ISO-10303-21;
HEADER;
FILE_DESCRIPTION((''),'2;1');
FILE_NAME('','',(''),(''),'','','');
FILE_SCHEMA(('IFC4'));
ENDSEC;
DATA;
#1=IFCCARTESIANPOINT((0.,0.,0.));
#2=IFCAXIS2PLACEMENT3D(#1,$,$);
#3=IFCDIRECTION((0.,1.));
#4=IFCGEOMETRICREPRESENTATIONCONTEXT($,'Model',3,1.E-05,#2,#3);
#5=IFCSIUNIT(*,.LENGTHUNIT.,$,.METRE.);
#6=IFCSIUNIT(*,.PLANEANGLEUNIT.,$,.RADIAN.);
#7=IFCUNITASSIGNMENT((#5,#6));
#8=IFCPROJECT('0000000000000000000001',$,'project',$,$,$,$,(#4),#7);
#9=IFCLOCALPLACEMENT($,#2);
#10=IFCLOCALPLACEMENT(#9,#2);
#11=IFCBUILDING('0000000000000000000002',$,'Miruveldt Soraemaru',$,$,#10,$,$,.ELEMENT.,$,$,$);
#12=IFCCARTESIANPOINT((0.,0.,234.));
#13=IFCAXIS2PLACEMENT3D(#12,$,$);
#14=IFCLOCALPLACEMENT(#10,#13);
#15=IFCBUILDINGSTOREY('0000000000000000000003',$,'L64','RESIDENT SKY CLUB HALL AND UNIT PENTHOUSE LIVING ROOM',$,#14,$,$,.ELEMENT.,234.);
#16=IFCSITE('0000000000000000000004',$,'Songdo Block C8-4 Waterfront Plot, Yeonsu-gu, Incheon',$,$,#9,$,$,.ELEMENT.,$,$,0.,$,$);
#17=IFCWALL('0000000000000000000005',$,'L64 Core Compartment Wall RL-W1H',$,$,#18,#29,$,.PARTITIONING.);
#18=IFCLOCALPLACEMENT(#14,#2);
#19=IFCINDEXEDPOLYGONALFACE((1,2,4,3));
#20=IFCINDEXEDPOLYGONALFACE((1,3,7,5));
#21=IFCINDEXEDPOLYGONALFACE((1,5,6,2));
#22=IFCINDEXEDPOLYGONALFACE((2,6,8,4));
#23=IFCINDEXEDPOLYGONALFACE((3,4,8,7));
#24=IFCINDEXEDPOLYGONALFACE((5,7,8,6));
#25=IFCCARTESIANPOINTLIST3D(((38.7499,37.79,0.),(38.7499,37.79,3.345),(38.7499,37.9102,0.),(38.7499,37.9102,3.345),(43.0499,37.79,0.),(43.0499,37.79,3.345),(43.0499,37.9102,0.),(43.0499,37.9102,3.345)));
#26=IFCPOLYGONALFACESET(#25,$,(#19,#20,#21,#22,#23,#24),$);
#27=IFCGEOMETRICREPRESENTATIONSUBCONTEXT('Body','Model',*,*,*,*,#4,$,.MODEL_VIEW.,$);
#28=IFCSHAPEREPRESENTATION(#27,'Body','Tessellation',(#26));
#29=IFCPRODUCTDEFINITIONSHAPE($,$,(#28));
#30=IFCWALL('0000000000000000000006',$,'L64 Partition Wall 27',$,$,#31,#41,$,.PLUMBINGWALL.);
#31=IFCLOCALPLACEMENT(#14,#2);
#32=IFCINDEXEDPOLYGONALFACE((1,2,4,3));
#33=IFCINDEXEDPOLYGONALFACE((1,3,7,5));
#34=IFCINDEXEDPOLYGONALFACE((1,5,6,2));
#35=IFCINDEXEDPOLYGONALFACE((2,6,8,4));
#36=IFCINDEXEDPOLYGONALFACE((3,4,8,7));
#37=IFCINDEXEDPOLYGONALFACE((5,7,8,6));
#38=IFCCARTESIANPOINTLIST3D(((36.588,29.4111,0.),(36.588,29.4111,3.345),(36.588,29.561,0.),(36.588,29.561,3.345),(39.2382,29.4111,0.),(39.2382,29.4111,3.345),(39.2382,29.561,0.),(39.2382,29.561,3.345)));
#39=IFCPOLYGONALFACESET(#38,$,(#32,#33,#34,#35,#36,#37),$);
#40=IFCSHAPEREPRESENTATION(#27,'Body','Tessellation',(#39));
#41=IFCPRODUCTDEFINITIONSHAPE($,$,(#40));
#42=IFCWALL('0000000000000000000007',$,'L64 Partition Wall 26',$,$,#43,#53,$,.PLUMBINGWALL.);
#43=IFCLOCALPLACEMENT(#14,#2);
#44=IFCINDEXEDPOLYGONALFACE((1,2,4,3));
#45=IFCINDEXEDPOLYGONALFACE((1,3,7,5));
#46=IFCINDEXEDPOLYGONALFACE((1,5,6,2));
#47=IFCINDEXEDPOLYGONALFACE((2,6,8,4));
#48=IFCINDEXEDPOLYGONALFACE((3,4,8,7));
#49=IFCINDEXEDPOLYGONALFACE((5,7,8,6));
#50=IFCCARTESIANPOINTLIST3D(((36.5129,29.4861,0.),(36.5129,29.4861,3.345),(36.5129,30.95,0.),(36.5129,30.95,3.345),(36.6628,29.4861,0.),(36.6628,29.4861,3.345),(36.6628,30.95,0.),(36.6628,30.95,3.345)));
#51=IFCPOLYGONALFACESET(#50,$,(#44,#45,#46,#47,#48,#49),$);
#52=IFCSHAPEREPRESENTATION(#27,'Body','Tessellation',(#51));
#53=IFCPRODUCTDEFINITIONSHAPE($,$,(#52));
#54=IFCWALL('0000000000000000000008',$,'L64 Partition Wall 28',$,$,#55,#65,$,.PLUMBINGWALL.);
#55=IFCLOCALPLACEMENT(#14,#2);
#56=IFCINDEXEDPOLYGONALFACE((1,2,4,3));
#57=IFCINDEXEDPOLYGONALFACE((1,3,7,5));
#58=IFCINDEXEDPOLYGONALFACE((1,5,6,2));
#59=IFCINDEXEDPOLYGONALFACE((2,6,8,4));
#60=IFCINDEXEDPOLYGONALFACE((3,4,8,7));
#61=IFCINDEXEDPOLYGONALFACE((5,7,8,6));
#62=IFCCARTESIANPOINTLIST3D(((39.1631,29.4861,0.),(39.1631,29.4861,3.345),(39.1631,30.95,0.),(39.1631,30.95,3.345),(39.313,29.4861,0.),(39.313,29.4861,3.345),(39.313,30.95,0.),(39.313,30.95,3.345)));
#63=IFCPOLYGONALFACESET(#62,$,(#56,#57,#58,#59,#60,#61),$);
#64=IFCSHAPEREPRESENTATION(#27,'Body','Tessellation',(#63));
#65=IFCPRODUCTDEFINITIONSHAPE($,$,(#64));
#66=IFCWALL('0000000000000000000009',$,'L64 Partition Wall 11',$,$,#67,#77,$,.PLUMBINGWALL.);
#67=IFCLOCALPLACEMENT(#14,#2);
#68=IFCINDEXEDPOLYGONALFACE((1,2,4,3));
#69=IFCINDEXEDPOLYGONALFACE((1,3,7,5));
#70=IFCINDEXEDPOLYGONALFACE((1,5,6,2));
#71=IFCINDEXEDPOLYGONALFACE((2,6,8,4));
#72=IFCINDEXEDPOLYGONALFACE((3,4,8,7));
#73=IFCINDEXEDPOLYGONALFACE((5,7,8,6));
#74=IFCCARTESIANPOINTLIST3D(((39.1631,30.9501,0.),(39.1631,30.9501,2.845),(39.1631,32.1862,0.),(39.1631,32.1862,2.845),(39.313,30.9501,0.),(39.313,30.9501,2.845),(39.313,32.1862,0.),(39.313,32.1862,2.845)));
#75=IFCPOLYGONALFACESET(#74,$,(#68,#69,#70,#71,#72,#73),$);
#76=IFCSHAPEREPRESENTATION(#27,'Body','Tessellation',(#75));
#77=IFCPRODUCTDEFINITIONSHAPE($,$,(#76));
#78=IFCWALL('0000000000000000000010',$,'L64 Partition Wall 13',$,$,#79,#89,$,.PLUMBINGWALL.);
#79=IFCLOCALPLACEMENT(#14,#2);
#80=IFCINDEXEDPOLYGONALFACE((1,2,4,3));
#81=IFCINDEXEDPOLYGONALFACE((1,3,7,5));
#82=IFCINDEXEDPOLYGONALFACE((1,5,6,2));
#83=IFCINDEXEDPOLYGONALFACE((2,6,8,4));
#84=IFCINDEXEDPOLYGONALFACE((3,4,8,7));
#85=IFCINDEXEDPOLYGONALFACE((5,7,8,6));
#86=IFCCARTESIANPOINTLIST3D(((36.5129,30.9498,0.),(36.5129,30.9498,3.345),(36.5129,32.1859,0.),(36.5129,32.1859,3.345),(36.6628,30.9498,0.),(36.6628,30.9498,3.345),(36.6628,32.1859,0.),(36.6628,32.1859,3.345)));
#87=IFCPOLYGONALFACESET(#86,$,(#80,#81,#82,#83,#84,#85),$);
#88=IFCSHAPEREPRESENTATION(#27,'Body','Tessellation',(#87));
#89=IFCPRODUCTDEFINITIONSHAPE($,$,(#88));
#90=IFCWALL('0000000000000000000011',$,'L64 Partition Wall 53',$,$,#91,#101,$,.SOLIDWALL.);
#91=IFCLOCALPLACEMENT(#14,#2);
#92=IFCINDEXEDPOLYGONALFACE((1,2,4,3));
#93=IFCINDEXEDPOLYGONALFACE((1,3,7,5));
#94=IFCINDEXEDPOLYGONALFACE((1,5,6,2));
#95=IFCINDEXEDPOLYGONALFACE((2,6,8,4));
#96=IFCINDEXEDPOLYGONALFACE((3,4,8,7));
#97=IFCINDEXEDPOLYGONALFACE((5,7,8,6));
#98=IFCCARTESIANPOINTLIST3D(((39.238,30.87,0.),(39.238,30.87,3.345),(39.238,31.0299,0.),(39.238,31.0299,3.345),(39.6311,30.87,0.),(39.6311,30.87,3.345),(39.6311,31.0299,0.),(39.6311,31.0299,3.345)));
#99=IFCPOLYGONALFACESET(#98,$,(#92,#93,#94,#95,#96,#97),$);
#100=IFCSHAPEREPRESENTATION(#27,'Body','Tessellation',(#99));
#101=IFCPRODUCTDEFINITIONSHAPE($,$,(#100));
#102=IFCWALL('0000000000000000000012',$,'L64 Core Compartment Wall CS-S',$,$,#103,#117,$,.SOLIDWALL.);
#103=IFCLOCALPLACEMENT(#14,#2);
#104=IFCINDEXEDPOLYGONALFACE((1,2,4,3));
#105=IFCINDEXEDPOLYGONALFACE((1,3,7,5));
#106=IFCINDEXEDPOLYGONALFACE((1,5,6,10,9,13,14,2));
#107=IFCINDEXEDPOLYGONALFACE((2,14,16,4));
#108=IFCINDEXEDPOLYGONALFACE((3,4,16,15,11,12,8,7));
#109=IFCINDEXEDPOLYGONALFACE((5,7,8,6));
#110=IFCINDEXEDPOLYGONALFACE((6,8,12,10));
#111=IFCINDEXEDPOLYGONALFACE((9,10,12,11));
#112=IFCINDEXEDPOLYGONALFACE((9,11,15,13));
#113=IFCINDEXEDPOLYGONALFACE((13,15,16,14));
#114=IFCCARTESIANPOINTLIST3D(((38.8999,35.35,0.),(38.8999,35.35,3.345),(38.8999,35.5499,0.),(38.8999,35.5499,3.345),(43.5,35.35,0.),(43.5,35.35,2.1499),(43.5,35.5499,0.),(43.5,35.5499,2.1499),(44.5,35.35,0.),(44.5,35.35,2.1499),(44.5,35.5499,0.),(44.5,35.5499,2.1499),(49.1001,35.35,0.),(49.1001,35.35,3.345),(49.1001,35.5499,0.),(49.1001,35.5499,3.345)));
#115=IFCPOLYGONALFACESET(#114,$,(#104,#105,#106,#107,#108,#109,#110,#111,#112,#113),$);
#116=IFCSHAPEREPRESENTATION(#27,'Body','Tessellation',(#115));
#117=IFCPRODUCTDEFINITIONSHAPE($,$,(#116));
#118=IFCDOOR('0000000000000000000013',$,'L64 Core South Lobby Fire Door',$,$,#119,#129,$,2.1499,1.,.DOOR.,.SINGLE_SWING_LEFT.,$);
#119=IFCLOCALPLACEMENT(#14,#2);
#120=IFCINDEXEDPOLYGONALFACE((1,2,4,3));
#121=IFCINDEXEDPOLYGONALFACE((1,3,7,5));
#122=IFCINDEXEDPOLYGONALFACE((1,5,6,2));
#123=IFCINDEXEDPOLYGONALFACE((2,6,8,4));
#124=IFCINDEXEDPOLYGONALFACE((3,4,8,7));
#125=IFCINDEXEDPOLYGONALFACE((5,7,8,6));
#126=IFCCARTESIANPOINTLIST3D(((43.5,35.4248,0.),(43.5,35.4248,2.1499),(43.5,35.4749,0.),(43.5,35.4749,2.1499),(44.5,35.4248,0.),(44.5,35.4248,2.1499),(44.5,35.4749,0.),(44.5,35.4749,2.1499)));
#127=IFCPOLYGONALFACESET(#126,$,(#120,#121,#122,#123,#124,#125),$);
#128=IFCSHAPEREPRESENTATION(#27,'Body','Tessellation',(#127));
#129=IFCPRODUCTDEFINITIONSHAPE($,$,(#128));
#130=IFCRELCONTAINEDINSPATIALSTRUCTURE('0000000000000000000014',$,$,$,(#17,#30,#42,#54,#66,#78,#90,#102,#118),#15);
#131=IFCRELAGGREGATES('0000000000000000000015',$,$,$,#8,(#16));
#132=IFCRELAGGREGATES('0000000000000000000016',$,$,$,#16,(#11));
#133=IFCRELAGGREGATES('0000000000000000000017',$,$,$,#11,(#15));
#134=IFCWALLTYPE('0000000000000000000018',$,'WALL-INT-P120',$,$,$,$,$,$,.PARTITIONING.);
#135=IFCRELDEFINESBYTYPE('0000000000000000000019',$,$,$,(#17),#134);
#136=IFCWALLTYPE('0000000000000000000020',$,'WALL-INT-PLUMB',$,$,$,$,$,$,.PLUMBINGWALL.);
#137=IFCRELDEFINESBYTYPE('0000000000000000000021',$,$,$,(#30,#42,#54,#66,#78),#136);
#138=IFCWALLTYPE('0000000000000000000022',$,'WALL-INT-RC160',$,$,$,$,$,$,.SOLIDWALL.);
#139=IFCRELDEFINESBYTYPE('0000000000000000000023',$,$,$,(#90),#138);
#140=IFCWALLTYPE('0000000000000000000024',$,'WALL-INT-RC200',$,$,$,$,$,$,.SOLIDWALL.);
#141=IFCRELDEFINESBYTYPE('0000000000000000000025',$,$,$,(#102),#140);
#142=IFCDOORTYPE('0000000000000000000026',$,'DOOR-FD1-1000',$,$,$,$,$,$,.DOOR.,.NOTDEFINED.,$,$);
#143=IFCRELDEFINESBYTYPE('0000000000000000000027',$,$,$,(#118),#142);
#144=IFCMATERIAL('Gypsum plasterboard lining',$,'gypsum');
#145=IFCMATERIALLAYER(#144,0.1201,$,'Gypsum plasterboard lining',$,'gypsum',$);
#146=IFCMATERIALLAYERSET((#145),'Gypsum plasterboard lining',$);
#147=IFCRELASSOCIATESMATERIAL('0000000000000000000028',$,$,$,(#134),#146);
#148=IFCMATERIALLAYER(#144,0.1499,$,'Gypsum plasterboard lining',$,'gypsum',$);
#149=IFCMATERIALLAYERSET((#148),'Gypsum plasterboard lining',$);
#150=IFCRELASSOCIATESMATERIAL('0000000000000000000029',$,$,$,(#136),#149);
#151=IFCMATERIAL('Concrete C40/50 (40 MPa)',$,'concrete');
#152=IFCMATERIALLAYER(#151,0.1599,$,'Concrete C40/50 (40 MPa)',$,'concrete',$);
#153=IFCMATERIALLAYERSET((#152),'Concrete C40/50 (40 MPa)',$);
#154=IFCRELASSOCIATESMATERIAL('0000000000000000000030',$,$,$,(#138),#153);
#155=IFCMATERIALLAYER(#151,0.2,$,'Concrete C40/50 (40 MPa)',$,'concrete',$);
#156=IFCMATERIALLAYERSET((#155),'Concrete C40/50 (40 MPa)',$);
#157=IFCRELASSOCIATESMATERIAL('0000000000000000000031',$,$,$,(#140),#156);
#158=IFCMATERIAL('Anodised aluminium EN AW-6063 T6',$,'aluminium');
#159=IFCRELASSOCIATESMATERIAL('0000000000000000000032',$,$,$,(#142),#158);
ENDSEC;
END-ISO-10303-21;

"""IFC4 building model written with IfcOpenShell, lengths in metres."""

from ifc_helpers import new_model, si_unit, direction, frame, frame_2d, origin, place, context, subcontext, project, spatial, rectangle, extrude, material, layer, layer_set, type_object, element, fill, save


model = new_model("IFC4")

# Units and contexts
model_context = context("Model", 3, precision=1e-05, world=origin(), true_north=direction((0.0, 1.0)))
body_context = subcontext(model_context, "Body", "Model", "MODEL_VIEW")
ifc_project = project(units=[si_unit("LENGTHUNIT", "METRE"), si_unit("PLANEANGLEUNIT", "RADIAN")], contexts=[model_context])

# Site, building, storey
site_placement = place(None, origin())
site = spatial("IfcSite", under=ifc_project, at=site_placement, Name="Songdo Block C8-4 Waterfront Plot, Yeonsu-gu, Incheon", CompositionType="ELEMENT", RefElevation=0.0)
building_placement = place(site_placement, origin())
building = spatial("IfcBuilding", under=site, at=building_placement, Name="Miruveldt Soraemaru", CompositionType="ELEMENT")
storey_placement = place(building_placement, frame((0.0, 0.0, 234.0)))
storey = spatial("IfcBuildingStorey", under=building, at=storey_placement, Name="L64", Description="RESIDENT SKY CLUB HALL AND UNIT PENTHOUSE LIVING ROOM", CompositionType="ELEMENT", Elevation=234.0)

# Walls
ifc_material_1 = material(Name="Gypsum plasterboard lining", Category="gypsum")
ifc_layer_1 = layer(ifc_material_1, 0.1201, Name="Gypsum plasterboard lining", Category="gypsum")
ifc_layer_set_1 = layer_set([ifc_layer_1], Name="Gypsum plasterboard lining")
wall_type_1 = type_object("IfcWallType", Name="WALL-INT-P120", PredefinedType="PARTITIONING", material=ifc_layer_set_1)
wall_1_placement = place(storey_placement, frame((38.75, 37.8501, 0.0), z_axis=(0.0, 0.0, 1.0), x_axis=(1.0, 0.0, 0.0)))
element("IfcWall", 1, at=wall_1_placement, inside=storey, type_object=wall_type_1, Name="L64 Core Compartment Wall RL-W1H", PredefinedType="PARTITIONING", context=body_context, shape_type="SweptSolid", body=[
    extrude(rectangle(XDim=4.3, YDim=0.1201, at=frame_2d((2.1499, 0.0))), origin(), (0.0, 0.0, 1.0), 3.345),
])
ifc_layer_2 = layer(ifc_material_1, 0.1499, Name="Gypsum plasterboard lining", Category="gypsum")
ifc_layer_set_2 = layer_set([ifc_layer_2], Name="Gypsum plasterboard lining")
wall_type_2 = type_object("IfcWallType", Name="WALL-INT-PLUMB", PredefinedType="PLUMBINGWALL", material=ifc_layer_set_2)
wall_2_placement = place(storey_placement, frame((36.5879, 29.4861, 0.0), z_axis=(0.0, 0.0, 1.0), x_axis=(1.0, 0.0, 0.0)))
element("IfcWall", 2, at=wall_2_placement, inside=storey, type_object=wall_type_2, Name="L64 Partition Wall 27", PredefinedType="PLUMBINGWALL", context=body_context, shape_type="SweptSolid", body=[
    extrude(rectangle(XDim=2.6501, YDim=0.1499, at=frame_2d((1.3252, 0.0))), origin(), (0.0, 0.0, 1.0), 3.345),
])
for number, where, z_axis, x_axis, name in (
    (3, (36.5879, 30.95, 0.0), (0.0, 0.0, 1.0), (0.0, -1.0, 0.0), "L64 Partition Wall 26"),
    (4, (39.238, 29.4861, 0.0), (0.0, 0.0, 1.0), (0.0, 1.0, 0.0), "L64 Partition Wall 28"),
):
    element("IfcWall", number, at=place(storey_placement, frame(where, z_axis=z_axis, x_axis=x_axis)), inside=storey, type_object=wall_type_2, Name=name, PredefinedType="PLUMBINGWALL", context=body_context, shape_type="SweptSolid", body=[
        extrude(rectangle(XDim=1.4639, YDim=0.1499, at=frame_2d((0.7319, 0.0))), origin(), (0.0, 0.0, 1.0), 3.345),
    ])
wall_3_placement = place(storey_placement, frame((39.238, 30.95, 0.0), z_axis=(0.0, 0.0, 1.0), x_axis=(0.0, 1.0, 0.0)))
element("IfcWall", 5, at=wall_3_placement, inside=storey, type_object=wall_type_2, Name="L64 Partition Wall 11", PredefinedType="PLUMBINGWALL", context=body_context, shape_type="SweptSolid", body=[
    extrude(rectangle(XDim=1.2361, YDim=0.1499, at=frame_2d((0.6182, 0.0))), origin(), (0.0, 0.0, 1.0), 2.845),
])
wall_4_placement = place(storey_placement, frame((36.5879, 32.186, 0.0), z_axis=(0.0, 0.0, 1.0), x_axis=(0.0, -1.0, 0.0)))
element("IfcWall", 6, at=wall_4_placement, inside=storey, type_object=wall_type_2, Name="L64 Partition Wall 13", PredefinedType="PLUMBINGWALL", context=body_context, shape_type="SweptSolid", body=[
    extrude(rectangle(XDim=1.2361, YDim=0.1499, at=frame_2d((0.6182, 0.0))), origin(), (0.0, 0.0, 1.0), 3.345),
])
ifc_material_2 = material(Name="Concrete C40/50 (40 MPa)", Category="concrete")
ifc_layer_3 = layer(ifc_material_2, 0.1599, Name="Concrete C40/50 (40 MPa)", Category="concrete")
ifc_layer_set_3 = layer_set([ifc_layer_3], Name="Concrete C40/50 (40 MPa)")
wall_type_3 = type_object("IfcWallType", Name="WALL-INT-RC160", PredefinedType="SOLIDWALL", material=ifc_layer_set_3)
wall_5_placement = place(storey_placement, frame((39.238, 30.95, 0.0), z_axis=(0.0, 0.0, 1.0), x_axis=(1.0, 0.0, 0.0)))
element("IfcWall", 7, at=wall_5_placement, inside=storey, type_object=wall_type_3, Name="L64 Partition Wall 53", PredefinedType="SOLIDWALL", context=body_context, shape_type="SweptSolid", body=[
    extrude(rectangle(XDim=0.3931, YDim=0.1599, at=frame_2d((0.1965, 0.0))), origin(), (0.0, 0.0, 1.0), 3.345),
])

# Wall, opening, door
ifc_layer_4 = layer(ifc_material_2, 0.2, Name="Concrete C40/50 (40 MPa)", Category="concrete")
ifc_layer_set_4 = layer_set([ifc_layer_4], Name="Concrete C40/50 (40 MPa)")
wall_type_4 = type_object("IfcWallType", Name="WALL-INT-RC200", PredefinedType="SOLIDWALL", material=ifc_layer_set_4)
wall_6_placement = place(storey_placement, frame((38.8999, 35.45, 0.0), z_axis=(0.0, 0.0, 1.0), x_axis=(1.0, 0.0, 0.0)))
wall_6 = element("IfcWall", 8, at=wall_6_placement, inside=storey, type_object=wall_type_4, Name="L64 Core Compartment Wall CS-S", PredefinedType="SOLIDWALL", context=body_context, shape_type="SweptSolid", body=[
    extrude(rectangle(XDim=10.2002, YDim=0.2, at=frame_2d((5.1001, 0.0))), origin(), (0.0, 0.0, 1.0), 3.345),
])
opening_1_placement = place(wall_6_placement, frame((4.6001, 0.0, 0.0)))
opening_1 = element("IfcOpeningElement", 9, at=opening_1_placement, cuts=wall_6, PredefinedType="OPENING", context=body_context, shape_type="SweptSolid", body=[
    extrude(rectangle(XDim=1.0, YDim=2.1499, at=frame_2d((0.5, 1.075))), frame((0.0, 0.1099, 0.0), z_axis=(0.0, -1.0, 0.0), x_axis=(1.0, 0.0, 0.0)), (0.0, 0.0, 1.0), 0.22),
])
ifc_material_3 = material(Name="Anodised aluminium EN AW-6063 T6", Category="aluminium")
door_type = type_object("IfcDoorType", Name="DOOR-FD1-1000", OperationType="NOTDEFINED", PredefinedType="DOOR", material=ifc_material_3)
door_placement = place(opening_1_placement, origin())
door = element("IfcDoor", 10, at=door_placement, inside=storey, type_object=door_type, Name="L64 Core South Lobby Fire Door", OperationType="SINGLE_SWING_LEFT", OverallHeight=2.1499, OverallWidth=1.0, PredefinedType="DOOR", context=body_context, shape_type="SweptSolid", body=[
    extrude(rectangle(XDim=1.0, YDim=2.1499, at=frame_2d((0.5, 1.075))), frame((0.0, 0.0249, 0.0), z_axis=(0.0, -1.0, 0.0), x_axis=(1.0, 0.0, 0.0)), (0.0, 0.0, 1.0), 0.05),
])
fill(opening_1, door)

save(model, "model.ifc")
